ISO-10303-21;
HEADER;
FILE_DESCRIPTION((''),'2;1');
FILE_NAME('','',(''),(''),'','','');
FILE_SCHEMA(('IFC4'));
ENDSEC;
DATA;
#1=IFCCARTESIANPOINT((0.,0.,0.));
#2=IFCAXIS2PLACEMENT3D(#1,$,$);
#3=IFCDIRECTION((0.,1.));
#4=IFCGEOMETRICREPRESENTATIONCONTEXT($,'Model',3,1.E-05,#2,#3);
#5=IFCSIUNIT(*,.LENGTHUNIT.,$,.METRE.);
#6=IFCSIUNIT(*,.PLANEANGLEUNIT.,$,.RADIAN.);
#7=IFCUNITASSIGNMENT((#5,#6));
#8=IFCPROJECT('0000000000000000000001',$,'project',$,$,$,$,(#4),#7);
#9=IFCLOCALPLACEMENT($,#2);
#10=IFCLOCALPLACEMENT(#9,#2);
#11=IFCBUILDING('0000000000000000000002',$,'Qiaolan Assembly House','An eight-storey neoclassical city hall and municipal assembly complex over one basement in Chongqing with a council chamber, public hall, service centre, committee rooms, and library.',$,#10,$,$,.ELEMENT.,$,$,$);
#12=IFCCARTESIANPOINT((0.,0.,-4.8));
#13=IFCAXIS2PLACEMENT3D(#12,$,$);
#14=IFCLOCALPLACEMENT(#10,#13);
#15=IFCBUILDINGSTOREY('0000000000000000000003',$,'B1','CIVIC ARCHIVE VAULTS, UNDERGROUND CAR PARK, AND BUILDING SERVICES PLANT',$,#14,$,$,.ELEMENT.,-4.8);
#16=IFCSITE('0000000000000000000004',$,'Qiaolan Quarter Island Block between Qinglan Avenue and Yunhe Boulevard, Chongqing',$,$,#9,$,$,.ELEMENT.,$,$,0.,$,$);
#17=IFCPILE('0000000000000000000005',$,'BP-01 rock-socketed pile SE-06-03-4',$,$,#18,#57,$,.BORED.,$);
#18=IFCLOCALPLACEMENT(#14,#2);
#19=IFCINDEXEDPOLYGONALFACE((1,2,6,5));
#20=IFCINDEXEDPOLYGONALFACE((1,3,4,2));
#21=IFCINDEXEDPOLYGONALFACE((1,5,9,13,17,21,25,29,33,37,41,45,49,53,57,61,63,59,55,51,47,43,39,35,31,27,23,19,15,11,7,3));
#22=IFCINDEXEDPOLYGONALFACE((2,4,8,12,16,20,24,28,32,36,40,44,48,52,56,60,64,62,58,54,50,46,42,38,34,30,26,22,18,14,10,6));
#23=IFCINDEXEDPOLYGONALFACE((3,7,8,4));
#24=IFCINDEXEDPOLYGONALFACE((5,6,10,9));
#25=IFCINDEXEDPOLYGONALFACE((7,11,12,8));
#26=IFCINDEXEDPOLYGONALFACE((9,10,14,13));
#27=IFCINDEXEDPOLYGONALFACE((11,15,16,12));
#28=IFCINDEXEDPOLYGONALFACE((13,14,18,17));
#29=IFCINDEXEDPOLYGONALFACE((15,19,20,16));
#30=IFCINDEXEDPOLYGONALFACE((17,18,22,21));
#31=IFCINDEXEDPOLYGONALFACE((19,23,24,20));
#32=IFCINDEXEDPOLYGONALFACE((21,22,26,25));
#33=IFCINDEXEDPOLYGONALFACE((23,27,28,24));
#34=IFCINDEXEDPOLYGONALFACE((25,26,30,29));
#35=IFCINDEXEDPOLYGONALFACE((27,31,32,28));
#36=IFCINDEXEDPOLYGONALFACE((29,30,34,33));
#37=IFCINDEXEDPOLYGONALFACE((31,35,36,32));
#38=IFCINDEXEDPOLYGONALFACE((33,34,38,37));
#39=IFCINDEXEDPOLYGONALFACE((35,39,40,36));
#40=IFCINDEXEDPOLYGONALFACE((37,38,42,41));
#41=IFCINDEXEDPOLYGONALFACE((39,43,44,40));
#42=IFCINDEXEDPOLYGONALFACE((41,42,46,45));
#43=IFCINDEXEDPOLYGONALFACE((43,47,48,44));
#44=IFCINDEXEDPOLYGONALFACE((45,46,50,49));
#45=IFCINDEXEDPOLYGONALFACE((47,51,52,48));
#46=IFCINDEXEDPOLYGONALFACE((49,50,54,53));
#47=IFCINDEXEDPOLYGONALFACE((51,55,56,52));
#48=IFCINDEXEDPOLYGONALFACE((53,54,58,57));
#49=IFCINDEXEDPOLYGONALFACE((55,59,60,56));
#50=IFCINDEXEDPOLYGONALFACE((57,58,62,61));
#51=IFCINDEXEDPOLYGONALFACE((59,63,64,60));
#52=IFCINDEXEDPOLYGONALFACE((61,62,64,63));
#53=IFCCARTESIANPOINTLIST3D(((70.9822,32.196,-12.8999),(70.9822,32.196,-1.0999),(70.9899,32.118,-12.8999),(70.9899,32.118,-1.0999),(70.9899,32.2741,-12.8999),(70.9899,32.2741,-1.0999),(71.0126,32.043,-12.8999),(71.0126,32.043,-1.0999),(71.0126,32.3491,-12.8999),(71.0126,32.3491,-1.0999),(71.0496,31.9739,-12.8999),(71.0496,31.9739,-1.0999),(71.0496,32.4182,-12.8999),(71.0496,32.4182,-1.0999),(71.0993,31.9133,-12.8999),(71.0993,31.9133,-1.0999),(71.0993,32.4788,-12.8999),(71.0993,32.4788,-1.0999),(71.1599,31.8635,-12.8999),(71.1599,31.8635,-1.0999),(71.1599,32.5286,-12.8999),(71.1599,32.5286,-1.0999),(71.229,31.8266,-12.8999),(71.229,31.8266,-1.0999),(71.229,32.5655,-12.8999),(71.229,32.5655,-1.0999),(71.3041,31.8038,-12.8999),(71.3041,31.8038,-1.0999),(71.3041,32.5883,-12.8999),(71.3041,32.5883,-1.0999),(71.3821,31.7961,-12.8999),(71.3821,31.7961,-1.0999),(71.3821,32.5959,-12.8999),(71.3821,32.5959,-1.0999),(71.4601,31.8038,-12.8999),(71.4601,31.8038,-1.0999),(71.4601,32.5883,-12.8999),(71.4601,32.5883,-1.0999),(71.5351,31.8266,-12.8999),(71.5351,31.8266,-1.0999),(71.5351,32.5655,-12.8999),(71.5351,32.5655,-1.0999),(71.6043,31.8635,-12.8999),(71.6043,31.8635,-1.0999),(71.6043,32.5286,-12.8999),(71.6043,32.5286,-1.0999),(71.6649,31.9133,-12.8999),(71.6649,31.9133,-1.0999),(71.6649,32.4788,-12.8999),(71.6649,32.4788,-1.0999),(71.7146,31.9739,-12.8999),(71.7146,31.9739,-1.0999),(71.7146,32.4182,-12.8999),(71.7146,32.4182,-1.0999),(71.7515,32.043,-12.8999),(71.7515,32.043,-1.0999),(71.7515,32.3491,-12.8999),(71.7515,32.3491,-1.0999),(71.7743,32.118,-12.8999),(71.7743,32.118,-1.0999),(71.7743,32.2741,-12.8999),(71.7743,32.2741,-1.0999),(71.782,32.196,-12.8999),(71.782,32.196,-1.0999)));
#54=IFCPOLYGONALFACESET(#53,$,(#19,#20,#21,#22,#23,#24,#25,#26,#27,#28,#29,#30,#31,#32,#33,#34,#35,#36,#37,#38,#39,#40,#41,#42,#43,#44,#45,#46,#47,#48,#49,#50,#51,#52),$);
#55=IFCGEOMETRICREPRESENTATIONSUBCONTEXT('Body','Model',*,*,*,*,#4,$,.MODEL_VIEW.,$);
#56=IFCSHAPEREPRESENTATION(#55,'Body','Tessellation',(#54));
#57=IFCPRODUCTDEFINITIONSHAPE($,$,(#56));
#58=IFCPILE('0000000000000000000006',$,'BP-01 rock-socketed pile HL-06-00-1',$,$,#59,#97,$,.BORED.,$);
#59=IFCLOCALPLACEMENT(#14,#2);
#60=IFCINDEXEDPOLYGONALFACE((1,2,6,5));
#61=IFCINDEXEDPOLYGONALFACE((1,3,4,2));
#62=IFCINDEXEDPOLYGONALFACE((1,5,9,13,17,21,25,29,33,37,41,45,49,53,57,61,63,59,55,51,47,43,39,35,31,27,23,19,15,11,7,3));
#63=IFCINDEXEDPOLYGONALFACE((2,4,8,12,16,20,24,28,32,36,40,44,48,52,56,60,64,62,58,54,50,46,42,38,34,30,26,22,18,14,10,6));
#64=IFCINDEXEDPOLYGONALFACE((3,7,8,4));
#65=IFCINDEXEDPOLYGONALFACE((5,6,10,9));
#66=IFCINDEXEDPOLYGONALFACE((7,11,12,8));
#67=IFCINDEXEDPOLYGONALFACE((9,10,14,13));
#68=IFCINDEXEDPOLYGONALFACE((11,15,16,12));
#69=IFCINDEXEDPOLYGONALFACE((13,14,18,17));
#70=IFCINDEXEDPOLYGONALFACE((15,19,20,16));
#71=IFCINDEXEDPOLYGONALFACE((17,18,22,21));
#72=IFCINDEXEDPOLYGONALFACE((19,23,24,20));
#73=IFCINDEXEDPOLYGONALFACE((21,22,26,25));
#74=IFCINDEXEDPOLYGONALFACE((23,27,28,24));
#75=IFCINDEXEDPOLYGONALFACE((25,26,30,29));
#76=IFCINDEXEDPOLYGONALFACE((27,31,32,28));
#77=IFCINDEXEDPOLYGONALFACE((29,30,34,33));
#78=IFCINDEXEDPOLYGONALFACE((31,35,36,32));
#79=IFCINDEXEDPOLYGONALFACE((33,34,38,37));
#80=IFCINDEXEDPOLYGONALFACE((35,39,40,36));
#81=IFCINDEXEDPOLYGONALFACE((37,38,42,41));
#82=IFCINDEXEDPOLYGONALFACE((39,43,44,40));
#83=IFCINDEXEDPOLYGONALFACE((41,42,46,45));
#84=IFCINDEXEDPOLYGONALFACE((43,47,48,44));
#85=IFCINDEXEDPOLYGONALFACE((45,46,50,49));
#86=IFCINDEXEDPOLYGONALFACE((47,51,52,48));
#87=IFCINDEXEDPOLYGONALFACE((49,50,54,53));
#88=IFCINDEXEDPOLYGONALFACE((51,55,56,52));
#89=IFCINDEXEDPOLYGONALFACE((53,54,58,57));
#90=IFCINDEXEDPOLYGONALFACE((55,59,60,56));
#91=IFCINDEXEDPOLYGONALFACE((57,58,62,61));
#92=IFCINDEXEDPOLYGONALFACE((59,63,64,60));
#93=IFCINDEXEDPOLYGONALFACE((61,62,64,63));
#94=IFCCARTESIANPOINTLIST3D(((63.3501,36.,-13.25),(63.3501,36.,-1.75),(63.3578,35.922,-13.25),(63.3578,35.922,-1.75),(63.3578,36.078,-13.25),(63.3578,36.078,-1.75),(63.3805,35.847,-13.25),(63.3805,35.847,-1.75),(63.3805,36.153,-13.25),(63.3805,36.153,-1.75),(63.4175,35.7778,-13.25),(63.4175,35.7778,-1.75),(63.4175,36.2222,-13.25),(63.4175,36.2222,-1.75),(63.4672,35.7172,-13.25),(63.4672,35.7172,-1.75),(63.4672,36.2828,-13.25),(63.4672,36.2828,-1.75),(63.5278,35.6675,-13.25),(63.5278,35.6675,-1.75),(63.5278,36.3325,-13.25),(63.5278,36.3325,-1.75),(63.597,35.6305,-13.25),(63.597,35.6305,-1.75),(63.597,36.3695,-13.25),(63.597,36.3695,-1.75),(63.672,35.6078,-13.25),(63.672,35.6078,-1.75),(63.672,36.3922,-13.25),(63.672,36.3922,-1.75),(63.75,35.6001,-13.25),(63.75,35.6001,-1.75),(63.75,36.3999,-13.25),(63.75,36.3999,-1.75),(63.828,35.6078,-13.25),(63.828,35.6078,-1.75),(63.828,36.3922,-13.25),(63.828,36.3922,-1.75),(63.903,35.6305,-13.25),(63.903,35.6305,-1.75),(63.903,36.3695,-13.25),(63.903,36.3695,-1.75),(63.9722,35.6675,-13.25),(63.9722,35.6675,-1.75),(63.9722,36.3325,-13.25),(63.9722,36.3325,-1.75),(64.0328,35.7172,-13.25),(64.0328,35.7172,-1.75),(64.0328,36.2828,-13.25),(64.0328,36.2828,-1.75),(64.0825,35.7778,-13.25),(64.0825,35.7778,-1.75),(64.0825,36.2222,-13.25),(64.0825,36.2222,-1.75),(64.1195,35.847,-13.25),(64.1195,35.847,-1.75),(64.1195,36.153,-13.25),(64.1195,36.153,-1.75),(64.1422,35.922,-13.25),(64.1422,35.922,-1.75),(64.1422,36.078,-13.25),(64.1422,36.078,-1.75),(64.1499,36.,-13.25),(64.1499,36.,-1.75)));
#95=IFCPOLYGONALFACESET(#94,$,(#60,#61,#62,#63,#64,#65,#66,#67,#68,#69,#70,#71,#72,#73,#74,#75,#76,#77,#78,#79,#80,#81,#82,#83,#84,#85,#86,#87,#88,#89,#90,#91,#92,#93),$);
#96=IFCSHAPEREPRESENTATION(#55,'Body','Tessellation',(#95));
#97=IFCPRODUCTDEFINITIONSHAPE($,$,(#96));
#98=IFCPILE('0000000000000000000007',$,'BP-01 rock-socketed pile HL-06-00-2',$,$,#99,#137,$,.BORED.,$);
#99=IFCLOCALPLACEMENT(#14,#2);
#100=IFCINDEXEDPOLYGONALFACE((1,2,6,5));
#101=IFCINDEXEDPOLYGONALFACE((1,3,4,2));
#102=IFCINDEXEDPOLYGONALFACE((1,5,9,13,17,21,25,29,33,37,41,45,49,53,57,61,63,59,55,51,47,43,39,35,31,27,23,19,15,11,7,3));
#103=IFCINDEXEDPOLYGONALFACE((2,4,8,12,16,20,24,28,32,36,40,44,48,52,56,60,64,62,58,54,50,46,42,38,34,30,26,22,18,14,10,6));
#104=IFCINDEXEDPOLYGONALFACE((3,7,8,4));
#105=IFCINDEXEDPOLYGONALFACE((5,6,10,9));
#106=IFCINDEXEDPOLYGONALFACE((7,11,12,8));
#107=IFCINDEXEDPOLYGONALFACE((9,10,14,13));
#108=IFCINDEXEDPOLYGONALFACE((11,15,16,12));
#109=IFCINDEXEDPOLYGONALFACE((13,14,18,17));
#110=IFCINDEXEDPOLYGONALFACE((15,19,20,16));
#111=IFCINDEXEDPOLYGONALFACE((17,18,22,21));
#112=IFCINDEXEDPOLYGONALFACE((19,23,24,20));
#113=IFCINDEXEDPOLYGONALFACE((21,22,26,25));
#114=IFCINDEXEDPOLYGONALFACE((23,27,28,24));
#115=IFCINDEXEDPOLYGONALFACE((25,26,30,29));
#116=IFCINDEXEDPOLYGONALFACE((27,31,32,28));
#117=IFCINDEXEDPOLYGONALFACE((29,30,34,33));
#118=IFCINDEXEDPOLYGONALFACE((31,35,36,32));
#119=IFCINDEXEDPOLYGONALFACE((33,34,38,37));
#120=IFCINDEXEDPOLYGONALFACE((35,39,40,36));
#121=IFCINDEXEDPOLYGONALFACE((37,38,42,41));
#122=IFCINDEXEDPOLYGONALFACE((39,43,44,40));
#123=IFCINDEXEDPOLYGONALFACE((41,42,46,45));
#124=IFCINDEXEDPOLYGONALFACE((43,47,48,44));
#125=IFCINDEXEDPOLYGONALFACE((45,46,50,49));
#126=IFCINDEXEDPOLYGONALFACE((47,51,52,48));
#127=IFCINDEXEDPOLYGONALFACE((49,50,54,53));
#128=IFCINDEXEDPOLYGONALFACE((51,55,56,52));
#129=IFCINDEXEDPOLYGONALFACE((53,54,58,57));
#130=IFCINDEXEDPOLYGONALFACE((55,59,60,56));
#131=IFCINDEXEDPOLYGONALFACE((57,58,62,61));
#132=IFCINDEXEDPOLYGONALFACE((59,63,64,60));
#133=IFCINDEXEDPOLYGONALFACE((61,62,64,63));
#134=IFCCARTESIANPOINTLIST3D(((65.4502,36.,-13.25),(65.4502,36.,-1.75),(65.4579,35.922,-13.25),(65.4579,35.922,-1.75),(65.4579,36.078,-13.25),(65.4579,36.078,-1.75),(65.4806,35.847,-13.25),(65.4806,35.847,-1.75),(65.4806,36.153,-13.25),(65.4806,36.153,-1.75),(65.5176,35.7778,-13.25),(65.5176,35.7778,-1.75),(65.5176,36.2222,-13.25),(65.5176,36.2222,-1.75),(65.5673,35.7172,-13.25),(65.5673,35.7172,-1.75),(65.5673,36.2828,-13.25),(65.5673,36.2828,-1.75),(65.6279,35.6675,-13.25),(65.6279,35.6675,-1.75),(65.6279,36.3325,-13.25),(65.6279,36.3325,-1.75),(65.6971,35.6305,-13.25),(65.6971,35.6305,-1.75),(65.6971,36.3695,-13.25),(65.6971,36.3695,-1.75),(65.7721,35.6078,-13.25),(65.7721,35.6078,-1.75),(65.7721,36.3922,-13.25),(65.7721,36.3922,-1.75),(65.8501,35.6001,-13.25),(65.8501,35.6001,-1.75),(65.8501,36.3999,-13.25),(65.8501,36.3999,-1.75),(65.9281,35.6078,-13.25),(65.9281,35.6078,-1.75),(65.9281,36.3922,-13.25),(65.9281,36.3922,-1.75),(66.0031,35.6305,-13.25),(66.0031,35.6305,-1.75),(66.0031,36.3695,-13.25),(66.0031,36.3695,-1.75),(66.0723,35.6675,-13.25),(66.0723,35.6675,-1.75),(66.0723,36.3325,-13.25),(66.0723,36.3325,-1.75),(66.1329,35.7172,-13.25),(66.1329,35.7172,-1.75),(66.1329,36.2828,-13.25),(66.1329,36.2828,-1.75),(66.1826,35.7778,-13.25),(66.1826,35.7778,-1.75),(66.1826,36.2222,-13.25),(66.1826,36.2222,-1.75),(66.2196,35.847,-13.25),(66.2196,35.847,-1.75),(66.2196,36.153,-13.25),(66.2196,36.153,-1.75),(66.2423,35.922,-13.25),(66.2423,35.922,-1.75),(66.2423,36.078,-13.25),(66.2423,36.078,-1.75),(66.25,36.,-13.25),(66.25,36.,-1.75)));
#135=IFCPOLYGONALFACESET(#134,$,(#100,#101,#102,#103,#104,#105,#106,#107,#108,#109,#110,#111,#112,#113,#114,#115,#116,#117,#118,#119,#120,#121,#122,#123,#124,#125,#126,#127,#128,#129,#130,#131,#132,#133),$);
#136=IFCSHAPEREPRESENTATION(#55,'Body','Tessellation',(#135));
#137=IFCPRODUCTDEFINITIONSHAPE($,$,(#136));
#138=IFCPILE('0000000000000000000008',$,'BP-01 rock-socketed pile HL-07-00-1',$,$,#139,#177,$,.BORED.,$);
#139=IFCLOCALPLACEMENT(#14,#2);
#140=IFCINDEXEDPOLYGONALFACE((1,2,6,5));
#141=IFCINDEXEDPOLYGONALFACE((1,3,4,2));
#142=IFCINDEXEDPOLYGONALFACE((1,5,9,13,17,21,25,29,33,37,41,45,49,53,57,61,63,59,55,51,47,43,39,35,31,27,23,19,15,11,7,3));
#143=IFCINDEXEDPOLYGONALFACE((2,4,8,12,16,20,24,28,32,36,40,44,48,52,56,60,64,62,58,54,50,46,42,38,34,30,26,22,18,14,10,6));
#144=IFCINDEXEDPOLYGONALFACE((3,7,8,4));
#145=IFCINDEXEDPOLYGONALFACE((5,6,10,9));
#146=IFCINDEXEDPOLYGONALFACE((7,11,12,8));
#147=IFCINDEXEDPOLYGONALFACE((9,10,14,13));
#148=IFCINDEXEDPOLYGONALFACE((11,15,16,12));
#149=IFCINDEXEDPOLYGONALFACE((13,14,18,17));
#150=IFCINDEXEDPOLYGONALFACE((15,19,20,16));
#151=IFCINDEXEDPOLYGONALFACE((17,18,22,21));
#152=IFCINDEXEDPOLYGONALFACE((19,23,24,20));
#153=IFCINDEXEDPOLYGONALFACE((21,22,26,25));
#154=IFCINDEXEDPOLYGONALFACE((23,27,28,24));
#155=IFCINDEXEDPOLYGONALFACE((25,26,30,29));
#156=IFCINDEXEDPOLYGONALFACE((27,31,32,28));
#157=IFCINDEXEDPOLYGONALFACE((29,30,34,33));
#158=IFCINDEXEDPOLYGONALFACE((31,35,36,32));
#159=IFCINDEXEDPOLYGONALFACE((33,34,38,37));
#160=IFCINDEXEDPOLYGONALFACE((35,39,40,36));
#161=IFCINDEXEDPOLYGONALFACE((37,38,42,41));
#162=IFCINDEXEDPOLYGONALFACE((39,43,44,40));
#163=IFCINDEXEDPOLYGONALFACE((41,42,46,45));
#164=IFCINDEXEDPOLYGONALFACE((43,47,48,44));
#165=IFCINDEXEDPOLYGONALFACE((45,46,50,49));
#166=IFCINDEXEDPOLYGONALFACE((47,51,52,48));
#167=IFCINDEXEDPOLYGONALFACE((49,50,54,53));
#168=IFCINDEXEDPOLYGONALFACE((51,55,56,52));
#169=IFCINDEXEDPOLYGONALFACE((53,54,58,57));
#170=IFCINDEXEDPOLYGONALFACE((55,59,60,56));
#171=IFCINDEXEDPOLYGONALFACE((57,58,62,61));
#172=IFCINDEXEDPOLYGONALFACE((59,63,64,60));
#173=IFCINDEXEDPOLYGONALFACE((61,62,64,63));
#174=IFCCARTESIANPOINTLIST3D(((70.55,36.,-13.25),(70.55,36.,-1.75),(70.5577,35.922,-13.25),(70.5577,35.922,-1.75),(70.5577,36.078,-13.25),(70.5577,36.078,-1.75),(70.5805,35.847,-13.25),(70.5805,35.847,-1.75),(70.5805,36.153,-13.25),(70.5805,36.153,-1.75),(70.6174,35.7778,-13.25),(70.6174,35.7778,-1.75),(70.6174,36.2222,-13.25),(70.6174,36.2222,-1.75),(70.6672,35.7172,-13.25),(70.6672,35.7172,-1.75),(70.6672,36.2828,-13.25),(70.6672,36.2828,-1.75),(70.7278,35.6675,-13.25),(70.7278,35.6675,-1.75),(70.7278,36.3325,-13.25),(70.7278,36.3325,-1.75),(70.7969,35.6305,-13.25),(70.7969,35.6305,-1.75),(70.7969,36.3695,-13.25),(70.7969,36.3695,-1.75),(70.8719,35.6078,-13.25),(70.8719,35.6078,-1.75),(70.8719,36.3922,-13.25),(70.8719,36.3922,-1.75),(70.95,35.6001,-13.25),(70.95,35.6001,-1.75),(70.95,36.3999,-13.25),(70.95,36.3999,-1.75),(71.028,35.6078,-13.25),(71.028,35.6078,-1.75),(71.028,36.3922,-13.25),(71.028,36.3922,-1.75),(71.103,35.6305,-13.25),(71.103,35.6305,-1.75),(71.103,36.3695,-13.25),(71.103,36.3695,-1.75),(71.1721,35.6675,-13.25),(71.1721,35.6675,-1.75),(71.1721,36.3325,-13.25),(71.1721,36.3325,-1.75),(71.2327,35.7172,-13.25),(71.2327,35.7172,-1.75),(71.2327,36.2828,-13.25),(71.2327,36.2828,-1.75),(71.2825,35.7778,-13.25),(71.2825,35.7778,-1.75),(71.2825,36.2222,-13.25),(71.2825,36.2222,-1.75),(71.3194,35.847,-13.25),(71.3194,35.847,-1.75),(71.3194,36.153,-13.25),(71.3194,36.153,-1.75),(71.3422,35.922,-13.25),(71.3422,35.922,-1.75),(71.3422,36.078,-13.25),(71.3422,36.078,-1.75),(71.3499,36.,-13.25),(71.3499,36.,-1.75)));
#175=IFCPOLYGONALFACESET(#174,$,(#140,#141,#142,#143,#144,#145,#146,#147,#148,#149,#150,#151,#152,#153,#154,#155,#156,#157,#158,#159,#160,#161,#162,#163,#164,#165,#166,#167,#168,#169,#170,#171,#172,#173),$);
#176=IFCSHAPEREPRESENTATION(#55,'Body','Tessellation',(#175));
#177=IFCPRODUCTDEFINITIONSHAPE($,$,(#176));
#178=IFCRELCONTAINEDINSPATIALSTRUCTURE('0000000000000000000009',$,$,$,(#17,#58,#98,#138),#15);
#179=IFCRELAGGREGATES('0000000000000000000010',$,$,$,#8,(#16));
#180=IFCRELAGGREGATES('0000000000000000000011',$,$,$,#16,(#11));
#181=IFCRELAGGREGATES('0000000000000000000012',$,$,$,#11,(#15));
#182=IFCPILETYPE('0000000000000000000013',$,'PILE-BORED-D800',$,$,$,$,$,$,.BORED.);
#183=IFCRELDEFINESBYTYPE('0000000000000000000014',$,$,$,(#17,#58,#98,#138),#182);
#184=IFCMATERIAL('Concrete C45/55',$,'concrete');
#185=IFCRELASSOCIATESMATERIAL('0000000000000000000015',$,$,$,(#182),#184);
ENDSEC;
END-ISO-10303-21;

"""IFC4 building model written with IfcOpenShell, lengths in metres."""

from ifc_helpers import new_model, si_unit, direction, frame, origin, origin_2d, place, context, subcontext, project, spatial, circle, extrude, material, material_profile, profile_set, type_object, element, save


model = new_model("IFC4")

# Units and contexts
model_context = context("Model", 3, precision=1e-05, world=origin(), true_north=direction((0.0, 1.0)))
body_context = subcontext(model_context, "Body", "Model", "MODEL_VIEW")
ifc_project = project(units=[si_unit("LENGTHUNIT", "METRE"), si_unit("PLANEANGLEUNIT", "RADIAN")], contexts=[model_context])

# Site, building, storey
site_placement = place(None, origin())
site = spatial("IfcSite", under=ifc_project, at=site_placement, Name="Qiaolan Quarter Island Block between Qinglan Avenue and Yunhe Boulevard, Chongqing", CompositionType="ELEMENT", RefElevation=0.0)
building_placement = place(site_placement, origin())
building = spatial("IfcBuilding", under=site, at=building_placement, Name="Qiaolan Assembly House", Description="An eight-storey neoclassical city hall and municipal assembly complex over one basement in Chongqing with a council chamber, public hall, service centre, committee rooms, and library.", CompositionType="ELEMENT")
storey_placement = place(building_placement, frame((0.0, 0.0, -4.8)))
storey = spatial("IfcBuildingStorey", under=building, at=storey_placement, Name="B1", Description="CIVIC ARCHIVE VAULTS, UNDERGROUND CAR PARK, AND BUILDING SERVICES PLANT", CompositionType="ELEMENT", Elevation=-4.8)

# Piles
ifc_material_1 = material(Name="Concrete C45/55", Category="concrete")
ifc_material_profile_1 = material_profile(ifc_material_1, circle(Radius=0.3999, at=origin_2d()), Name="PILE D800")
ifc_profile_set_1 = profile_set([ifc_material_profile_1], Name="Concrete C45/55")
pile_type = type_object("IfcPileType", Name="PILE-BORED-D800", PredefinedType="BORED", material=ifc_profile_set_1)
for number, where, z_axis, x_axis, name in (
    (1, (71.3821, 32.196, -1.0999), (0.0, 0.0, -1.0), (1.0, 0.0, 0.0), "BP-01 rock-socketed pile SE-06-03-4"),
):
    element("IfcPile", number, at=place(storey_placement, frame(where, z_axis=z_axis, x_axis=x_axis)), inside=storey, type_object=pile_type, Name=name, PredefinedType="BORED", context=body_context, shape_type="SweptSolid", body=[
        extrude(circle(Radius=0.3999, at=origin_2d()), origin(), (0.0, 0.0, 1.0), 11.8),
    ])
for number, where, z_axis, x_axis, name in (
    (2, (63.75, 36.0, -1.75), (0.0, 0.0, -1.0), (1.0, 0.0, 0.0), "BP-01 rock-socketed pile HL-06-00-1"),
    (3, (65.8501, 36.0, -1.75), (0.0, 0.0, -1.0), (1.0, 0.0, 0.0), "BP-01 rock-socketed pile HL-06-00-2"),
    (4, (70.95, 36.0, -1.75), (0.0, 0.0, -1.0), (1.0, 0.0, 0.0), "BP-01 rock-socketed pile HL-07-00-1"),
):
    element("IfcPile", number, at=place(storey_placement, frame(where, z_axis=z_axis, x_axis=x_axis)), inside=storey, type_object=pile_type, Name=name, PredefinedType="BORED", context=body_context, shape_type="SweptSolid", body=[
        extrude(circle(Radius=0.3999, at=origin_2d()), origin(), (0.0, 0.0, 1.0), 11.5),
    ])

save(model, "model.ifc")
